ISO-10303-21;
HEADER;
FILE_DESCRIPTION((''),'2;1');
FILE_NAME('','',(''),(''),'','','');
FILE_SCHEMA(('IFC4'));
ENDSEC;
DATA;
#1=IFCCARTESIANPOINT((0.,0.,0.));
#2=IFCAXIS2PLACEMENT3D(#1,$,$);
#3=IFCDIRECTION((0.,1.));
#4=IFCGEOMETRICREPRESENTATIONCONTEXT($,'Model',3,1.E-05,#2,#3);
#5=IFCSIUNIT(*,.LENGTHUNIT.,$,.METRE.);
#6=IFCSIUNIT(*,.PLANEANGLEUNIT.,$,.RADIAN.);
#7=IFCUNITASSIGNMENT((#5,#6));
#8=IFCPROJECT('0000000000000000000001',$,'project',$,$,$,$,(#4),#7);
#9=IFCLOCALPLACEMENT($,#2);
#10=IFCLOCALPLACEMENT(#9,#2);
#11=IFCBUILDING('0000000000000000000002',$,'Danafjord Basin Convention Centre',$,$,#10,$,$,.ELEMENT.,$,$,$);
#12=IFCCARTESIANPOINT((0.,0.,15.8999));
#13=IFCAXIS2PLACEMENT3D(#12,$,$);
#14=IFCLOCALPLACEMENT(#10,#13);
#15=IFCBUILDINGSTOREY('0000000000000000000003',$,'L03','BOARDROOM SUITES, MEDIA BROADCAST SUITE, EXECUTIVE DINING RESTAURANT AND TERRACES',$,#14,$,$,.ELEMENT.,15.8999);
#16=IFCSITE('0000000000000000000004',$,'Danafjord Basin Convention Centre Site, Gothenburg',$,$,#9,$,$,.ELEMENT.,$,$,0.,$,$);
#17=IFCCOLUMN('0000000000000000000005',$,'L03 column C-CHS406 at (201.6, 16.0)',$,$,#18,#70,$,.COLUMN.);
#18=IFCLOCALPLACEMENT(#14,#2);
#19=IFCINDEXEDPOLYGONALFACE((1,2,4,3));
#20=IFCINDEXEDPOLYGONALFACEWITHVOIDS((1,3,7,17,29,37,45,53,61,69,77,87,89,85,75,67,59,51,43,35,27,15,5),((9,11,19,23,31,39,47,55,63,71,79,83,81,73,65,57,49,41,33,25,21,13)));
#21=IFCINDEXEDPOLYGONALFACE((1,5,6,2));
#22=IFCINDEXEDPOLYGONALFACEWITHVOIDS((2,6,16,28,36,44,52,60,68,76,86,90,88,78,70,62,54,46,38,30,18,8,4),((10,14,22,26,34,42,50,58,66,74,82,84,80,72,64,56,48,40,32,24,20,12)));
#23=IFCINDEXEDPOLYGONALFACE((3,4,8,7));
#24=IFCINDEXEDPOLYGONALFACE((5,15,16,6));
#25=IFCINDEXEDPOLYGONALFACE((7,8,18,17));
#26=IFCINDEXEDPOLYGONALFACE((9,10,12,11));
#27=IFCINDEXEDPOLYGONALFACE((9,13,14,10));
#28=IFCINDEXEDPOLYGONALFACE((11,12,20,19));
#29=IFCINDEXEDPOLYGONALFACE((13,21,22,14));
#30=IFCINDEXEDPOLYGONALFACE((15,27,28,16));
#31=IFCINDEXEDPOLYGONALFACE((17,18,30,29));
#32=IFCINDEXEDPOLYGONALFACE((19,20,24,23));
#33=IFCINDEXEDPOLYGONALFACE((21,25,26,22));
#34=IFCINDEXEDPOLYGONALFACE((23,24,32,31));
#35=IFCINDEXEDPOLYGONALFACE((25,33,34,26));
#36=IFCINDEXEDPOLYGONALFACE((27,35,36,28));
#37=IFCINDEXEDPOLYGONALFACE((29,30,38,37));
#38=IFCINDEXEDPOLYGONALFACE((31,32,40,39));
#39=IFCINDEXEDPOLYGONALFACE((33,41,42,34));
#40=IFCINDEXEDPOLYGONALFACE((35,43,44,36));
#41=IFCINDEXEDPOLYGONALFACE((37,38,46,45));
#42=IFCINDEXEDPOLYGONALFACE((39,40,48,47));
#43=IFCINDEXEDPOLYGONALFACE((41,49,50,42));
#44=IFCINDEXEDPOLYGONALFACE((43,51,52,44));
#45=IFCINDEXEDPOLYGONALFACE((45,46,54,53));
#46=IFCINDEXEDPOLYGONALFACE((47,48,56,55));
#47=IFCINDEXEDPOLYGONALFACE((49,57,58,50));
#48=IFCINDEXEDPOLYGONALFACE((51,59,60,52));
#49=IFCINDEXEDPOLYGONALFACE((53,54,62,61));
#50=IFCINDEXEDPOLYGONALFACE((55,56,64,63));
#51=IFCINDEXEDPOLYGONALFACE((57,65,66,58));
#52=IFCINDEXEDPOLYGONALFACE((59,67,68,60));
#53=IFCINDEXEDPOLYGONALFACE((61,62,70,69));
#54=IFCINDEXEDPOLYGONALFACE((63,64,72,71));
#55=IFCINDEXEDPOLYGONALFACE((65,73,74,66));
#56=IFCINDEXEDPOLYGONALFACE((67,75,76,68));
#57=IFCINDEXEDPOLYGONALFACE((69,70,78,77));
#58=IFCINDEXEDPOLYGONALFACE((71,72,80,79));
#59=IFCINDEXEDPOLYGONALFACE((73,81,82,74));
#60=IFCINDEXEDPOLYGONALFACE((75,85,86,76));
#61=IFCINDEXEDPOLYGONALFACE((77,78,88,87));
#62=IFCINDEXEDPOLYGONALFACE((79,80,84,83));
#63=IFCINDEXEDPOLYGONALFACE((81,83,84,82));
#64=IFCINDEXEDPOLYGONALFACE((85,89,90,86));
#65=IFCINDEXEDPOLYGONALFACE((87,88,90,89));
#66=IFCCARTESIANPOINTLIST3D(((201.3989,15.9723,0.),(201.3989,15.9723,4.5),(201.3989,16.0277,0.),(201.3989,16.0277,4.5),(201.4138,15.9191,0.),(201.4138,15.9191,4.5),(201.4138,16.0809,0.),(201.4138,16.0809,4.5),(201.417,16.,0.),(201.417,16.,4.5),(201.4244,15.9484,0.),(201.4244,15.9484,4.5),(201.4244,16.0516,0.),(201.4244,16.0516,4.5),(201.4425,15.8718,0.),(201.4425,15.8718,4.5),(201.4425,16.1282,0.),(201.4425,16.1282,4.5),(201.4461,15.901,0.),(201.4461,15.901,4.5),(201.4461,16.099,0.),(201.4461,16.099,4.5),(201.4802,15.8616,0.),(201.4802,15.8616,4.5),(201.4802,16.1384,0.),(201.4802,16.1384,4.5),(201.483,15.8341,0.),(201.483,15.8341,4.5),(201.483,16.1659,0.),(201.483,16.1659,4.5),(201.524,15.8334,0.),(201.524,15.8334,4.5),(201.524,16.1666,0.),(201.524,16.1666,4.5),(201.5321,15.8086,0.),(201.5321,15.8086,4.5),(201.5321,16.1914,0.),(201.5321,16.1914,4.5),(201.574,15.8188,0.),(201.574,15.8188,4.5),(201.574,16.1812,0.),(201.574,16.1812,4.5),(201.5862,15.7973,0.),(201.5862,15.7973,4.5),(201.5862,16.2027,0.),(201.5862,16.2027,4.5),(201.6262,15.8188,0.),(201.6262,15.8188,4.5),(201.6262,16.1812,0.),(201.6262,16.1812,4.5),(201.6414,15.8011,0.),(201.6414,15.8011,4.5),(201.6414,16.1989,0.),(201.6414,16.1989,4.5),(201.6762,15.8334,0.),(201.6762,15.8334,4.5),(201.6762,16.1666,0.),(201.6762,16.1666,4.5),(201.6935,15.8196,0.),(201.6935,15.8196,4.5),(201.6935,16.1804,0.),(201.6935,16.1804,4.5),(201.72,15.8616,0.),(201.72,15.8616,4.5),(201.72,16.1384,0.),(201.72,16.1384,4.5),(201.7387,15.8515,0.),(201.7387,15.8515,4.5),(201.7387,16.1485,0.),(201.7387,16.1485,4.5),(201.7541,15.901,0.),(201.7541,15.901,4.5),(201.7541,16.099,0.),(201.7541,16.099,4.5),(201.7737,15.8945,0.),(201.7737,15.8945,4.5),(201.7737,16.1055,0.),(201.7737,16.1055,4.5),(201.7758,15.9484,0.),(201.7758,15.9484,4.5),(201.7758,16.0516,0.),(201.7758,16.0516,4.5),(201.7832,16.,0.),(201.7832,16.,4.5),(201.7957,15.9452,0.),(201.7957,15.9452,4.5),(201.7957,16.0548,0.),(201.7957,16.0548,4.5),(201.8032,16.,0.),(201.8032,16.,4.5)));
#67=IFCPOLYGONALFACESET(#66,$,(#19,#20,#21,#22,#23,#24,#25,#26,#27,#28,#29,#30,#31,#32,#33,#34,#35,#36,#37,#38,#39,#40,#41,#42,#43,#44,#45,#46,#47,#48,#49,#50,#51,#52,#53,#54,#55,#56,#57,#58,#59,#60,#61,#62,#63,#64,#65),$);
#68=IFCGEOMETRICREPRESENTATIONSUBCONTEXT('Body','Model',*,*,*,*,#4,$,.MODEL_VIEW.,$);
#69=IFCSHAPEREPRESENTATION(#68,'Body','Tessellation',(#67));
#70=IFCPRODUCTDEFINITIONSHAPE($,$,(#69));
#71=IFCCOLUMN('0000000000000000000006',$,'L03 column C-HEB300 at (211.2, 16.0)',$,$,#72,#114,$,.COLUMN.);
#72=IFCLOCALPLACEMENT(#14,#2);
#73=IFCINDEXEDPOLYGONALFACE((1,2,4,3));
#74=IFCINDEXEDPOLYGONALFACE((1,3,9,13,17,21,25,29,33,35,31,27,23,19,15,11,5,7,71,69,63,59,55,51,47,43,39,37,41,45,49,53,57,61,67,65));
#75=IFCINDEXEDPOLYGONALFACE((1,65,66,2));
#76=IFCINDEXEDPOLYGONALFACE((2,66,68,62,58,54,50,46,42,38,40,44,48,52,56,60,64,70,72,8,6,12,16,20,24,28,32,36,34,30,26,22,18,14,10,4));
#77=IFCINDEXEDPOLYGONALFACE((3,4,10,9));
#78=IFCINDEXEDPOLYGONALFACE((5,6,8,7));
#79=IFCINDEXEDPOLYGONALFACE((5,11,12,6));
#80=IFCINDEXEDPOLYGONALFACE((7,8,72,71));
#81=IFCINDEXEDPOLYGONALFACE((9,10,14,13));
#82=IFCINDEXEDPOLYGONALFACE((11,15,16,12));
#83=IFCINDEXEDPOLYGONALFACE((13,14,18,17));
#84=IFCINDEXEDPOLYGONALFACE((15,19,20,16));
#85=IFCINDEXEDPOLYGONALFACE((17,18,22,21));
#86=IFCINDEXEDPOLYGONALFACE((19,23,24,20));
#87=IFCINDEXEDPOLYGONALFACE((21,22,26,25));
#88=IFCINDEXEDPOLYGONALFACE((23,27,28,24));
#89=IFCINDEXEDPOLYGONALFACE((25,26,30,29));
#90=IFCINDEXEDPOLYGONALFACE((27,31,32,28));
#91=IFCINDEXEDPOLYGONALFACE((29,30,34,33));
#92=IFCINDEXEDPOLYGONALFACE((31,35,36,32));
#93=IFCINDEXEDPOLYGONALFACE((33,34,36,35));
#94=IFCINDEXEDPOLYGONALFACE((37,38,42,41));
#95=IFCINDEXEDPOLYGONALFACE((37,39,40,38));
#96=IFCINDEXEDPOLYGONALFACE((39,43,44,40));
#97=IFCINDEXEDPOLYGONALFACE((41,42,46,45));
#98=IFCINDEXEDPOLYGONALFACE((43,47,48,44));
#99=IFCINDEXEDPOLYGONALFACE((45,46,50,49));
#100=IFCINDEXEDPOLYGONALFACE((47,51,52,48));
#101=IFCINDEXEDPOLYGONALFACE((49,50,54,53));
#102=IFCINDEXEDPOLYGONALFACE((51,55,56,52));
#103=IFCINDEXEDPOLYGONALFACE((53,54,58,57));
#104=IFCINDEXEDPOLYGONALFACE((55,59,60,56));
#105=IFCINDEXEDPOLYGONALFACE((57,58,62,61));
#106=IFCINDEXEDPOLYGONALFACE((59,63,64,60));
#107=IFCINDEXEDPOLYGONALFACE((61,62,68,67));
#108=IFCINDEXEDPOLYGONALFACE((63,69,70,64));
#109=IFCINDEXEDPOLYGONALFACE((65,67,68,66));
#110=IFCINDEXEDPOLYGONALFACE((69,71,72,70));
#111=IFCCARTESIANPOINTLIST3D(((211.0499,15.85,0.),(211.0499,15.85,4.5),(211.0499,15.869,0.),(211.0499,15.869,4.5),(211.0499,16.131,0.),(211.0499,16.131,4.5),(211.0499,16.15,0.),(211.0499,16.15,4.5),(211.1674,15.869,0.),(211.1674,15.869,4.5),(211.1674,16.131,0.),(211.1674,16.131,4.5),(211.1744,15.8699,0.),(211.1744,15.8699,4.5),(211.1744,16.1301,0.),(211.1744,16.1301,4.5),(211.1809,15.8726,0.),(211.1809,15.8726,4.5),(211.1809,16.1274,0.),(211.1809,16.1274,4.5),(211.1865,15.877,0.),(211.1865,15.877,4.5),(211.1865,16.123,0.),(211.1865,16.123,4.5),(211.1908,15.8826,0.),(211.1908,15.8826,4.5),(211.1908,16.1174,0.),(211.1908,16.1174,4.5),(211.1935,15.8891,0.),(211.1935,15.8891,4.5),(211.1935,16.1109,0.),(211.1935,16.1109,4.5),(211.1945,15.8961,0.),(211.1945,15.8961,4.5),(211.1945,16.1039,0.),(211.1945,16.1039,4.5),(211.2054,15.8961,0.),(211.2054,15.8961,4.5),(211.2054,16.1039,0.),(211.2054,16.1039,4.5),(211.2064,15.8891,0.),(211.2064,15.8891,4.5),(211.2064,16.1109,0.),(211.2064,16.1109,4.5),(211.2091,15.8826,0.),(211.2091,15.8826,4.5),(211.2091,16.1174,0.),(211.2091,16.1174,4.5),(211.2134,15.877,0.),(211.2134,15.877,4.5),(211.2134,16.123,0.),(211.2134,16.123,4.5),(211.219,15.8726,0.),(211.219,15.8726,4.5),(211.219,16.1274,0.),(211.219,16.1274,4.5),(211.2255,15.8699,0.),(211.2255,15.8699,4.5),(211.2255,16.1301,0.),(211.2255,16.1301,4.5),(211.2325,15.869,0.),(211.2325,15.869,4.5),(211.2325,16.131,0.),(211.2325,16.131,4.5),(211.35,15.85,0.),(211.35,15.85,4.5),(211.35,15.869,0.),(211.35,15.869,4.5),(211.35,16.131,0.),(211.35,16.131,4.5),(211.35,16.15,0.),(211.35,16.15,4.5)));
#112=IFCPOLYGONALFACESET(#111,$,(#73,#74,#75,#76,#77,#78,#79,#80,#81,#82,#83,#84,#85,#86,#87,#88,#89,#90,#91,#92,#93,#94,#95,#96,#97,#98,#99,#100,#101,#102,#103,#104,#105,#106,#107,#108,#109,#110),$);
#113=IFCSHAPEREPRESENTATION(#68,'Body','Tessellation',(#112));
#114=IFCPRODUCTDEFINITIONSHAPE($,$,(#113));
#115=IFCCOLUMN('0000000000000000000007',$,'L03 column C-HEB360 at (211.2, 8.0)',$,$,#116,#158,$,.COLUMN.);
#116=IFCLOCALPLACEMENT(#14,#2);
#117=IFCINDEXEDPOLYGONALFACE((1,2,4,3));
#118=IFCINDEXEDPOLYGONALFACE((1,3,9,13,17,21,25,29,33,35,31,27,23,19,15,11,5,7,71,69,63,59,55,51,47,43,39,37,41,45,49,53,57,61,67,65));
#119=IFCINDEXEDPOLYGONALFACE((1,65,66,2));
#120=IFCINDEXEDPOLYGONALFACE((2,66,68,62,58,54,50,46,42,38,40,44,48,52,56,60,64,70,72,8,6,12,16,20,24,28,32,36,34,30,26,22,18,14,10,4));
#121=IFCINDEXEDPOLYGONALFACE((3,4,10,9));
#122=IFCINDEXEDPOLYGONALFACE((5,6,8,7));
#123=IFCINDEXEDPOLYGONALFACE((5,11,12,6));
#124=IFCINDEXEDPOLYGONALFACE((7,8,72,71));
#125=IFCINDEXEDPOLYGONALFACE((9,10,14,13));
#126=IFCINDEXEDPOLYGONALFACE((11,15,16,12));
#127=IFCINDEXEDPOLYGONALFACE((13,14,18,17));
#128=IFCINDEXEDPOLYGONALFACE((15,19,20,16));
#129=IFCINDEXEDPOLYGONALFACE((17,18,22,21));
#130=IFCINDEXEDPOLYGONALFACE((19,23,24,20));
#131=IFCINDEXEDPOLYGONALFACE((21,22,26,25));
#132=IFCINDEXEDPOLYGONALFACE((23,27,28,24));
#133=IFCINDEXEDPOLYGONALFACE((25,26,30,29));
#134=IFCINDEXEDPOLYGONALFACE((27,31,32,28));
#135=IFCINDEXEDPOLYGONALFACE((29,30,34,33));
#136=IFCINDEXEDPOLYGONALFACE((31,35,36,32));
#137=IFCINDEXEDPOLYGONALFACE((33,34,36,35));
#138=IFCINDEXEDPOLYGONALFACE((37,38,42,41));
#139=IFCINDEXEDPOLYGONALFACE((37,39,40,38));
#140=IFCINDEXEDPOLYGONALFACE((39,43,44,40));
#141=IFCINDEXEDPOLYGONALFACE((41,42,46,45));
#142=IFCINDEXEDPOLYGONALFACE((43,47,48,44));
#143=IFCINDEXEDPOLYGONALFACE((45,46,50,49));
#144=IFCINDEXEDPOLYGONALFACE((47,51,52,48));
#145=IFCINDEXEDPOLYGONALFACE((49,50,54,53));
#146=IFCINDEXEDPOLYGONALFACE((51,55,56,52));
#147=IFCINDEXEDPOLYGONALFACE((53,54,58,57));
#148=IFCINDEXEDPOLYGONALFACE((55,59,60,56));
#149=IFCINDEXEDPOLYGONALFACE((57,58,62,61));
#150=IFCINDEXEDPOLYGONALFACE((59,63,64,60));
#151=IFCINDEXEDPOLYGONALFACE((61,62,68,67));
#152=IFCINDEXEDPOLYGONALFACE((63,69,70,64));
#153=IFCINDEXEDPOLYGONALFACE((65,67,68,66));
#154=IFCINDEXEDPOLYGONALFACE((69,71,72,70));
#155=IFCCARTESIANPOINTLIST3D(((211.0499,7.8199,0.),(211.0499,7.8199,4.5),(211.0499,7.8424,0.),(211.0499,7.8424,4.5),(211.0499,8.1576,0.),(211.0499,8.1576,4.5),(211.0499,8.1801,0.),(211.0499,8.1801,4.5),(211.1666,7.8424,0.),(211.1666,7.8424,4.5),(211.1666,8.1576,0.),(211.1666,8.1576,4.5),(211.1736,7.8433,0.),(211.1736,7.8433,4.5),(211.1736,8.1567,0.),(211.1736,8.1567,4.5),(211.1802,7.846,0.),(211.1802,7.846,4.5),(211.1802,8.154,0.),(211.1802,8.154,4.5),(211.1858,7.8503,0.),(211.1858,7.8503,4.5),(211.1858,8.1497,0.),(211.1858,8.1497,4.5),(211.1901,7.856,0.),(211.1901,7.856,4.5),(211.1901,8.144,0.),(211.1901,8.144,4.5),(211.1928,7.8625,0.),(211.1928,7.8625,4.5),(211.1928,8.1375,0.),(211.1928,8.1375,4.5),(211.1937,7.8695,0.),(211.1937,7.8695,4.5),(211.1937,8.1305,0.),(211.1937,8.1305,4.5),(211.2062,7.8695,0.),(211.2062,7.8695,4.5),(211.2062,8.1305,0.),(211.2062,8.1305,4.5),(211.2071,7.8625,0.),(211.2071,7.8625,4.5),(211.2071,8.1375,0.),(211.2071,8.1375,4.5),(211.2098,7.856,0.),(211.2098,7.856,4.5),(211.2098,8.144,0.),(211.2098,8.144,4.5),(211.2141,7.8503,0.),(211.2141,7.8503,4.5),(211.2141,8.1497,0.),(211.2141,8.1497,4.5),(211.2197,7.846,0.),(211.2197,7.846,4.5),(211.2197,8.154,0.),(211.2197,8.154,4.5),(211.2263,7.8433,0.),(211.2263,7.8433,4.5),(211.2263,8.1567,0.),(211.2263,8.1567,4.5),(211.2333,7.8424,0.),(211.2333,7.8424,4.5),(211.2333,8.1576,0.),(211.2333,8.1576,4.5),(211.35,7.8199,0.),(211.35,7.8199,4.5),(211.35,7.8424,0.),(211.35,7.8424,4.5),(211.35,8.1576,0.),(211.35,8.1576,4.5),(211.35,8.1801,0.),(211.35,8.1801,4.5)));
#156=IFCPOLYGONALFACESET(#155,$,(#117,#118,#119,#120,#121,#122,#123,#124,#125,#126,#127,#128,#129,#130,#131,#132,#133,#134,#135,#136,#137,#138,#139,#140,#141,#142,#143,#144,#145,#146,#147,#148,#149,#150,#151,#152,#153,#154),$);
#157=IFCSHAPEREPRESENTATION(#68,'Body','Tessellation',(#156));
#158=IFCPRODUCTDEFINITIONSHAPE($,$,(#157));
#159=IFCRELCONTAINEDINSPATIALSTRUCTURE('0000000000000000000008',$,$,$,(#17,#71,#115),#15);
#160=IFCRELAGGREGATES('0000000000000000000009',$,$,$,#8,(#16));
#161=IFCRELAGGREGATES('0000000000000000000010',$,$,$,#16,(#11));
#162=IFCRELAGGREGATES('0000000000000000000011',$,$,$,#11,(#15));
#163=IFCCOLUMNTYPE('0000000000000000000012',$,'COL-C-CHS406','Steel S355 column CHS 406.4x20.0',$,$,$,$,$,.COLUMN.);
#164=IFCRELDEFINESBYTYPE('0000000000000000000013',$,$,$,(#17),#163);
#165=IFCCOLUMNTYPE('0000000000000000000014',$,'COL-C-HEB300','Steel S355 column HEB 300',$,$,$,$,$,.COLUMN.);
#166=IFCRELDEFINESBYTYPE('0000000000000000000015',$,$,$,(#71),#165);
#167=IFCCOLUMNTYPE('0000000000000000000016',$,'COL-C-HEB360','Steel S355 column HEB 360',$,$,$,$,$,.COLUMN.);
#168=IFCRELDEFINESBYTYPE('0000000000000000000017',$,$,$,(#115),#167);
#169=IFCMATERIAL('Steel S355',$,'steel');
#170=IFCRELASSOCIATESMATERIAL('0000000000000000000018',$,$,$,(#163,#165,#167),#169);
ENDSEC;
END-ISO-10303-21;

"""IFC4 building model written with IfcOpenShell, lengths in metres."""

from ifc_helpers import new_model, si_unit, direction, frame, origin, origin_2d, place, context, subcontext, project, spatial, hollow_circle, i_section, extrude, material, material_profile, profile_set, type_object, element, save


model = new_model("IFC4")

# Units and contexts
model_context = context("Model", 3, precision=1e-05, world=origin(), true_north=direction((0.0, 1.0)))
body_context = subcontext(model_context, "Body", "Model", "MODEL_VIEW")
ifc_project = project(units=[si_unit("LENGTHUNIT", "METRE"), si_unit("PLANEANGLEUNIT", "RADIAN")], contexts=[model_context])

# Site, building, storey
site_placement = place(None, origin())
site = spatial("IfcSite", under=ifc_project, at=site_placement, Name="Danafjord Basin Convention Centre Site, Gothenburg", CompositionType="ELEMENT", RefElevation=0.0)
building_placement = place(site_placement, origin())
building = spatial("IfcBuilding", under=site, at=building_placement, Name="Danafjord Basin Convention Centre", CompositionType="ELEMENT")
storey_placement = place(building_placement, frame((0.0, 0.0, 15.8999)))
storey = spatial("IfcBuildingStorey", under=building, at=storey_placement, Name="L03", Description="BOARDROOM SUITES, MEDIA BROADCAST SUITE, EXECUTIVE DINING RESTAURANT AND TERRACES", CompositionType="ELEMENT", Elevation=15.8999)

# Columns
ifc_material_1 = material(Name="Steel S355", Category="steel")
ifc_material_profile_1 = material_profile(ifc_material_1, hollow_circle(Radius=0.2031, WallThickness=0.02, at=origin_2d()), Name="CHS 406.4x20.0")
ifc_profile_set_1 = profile_set([ifc_material_profile_1], Name="Steel S355")
column_type_1 = type_object("IfcColumnType", Name="COL-C-CHS406", Description="Steel S355 column CHS 406.4x20.0", PredefinedType="COLUMN", material=ifc_profile_set_1)
column_1_placement = place(storey_placement, frame((201.6001, 16.0, 0.0), z_axis=(0.0, 0.0, 1.0), x_axis=(1.0, 0.0, 0.0)))
element("IfcColumn", 1, at=column_1_placement, inside=storey, type_object=column_type_1, Name="L03 column C-CHS406 at (201.6, 16.0)", PredefinedType="COLUMN", context=body_context, shape_type="SweptSolid", body=[
    extrude(hollow_circle(Radius=0.2031, WallThickness=0.02, at=origin_2d()), origin(), (0.0, 0.0, 1.0), 4.5),
])
ifc_material_profile_2 = material_profile(ifc_material_1, i_section(OverallWidth=0.3, OverallDepth=0.3, WebThickness=0.011, FlangeThickness=0.019, FilletRadius=0.0271, at=origin_2d()), Name="HEB 300")
ifc_profile_set_2 = profile_set([ifc_material_profile_2], Name="Steel S355")
column_type_2 = type_object("IfcColumnType", Name="COL-C-HEB300", Description="Steel S355 column HEB 300", PredefinedType="COLUMN", material=ifc_profile_set_2)
column_2_placement = place(storey_placement, frame((211.2, 16.0, 0.0), z_axis=(0.0, 0.0, 1.0), x_axis=(1.0, 0.0, 0.0)))
element("IfcColumn", 2, at=column_2_placement, inside=storey, type_object=column_type_2, Name="L03 column C-HEB300 at (211.2, 16.0)", PredefinedType="COLUMN", context=body_context, shape_type="SweptSolid", body=[
    extrude(i_section(OverallWidth=0.3, OverallDepth=0.3, WebThickness=0.011, FlangeThickness=0.019, FilletRadius=0.0271, at=origin_2d()), origin(), (0.0, 0.0, 1.0), 4.5),
])
ifc_material_profile_3 = material_profile(ifc_material_1, i_section(OverallWidth=0.3, OverallDepth=0.3601, WebThickness=0.0125, FlangeThickness=0.0225, FilletRadius=0.0271, at=origin_2d()), Name="HEB 360")
ifc_profile_set_3 = profile_set([ifc_material_profile_3], Name="Steel S355")
column_type_3 = type_object("IfcColumnType", Name="COL-C-HEB360", Description="Steel S355 column HEB 360", PredefinedType="COLUMN", material=ifc_profile_set_3)
column_3_placement = place(storey_placement, frame((211.2, 8.0, 0.0), z_axis=(0.0, 0.0, 1.0), x_axis=(1.0, 0.0, 0.0)))
element("IfcColumn", 3, at=column_3_placement, inside=storey, type_object=column_type_3, Name="L03 column C-HEB360 at (211.2, 8.0)", PredefinedType="COLUMN", context=body_context, shape_type="SweptSolid", body=[
    extrude(i_section(OverallWidth=0.3, OverallDepth=0.3601, WebThickness=0.0125, FlangeThickness=0.0225, FilletRadius=0.0271, at=origin_2d()), origin(), (0.0, 0.0, 1.0), 4.5),
])

save(model, "model.ifc")
